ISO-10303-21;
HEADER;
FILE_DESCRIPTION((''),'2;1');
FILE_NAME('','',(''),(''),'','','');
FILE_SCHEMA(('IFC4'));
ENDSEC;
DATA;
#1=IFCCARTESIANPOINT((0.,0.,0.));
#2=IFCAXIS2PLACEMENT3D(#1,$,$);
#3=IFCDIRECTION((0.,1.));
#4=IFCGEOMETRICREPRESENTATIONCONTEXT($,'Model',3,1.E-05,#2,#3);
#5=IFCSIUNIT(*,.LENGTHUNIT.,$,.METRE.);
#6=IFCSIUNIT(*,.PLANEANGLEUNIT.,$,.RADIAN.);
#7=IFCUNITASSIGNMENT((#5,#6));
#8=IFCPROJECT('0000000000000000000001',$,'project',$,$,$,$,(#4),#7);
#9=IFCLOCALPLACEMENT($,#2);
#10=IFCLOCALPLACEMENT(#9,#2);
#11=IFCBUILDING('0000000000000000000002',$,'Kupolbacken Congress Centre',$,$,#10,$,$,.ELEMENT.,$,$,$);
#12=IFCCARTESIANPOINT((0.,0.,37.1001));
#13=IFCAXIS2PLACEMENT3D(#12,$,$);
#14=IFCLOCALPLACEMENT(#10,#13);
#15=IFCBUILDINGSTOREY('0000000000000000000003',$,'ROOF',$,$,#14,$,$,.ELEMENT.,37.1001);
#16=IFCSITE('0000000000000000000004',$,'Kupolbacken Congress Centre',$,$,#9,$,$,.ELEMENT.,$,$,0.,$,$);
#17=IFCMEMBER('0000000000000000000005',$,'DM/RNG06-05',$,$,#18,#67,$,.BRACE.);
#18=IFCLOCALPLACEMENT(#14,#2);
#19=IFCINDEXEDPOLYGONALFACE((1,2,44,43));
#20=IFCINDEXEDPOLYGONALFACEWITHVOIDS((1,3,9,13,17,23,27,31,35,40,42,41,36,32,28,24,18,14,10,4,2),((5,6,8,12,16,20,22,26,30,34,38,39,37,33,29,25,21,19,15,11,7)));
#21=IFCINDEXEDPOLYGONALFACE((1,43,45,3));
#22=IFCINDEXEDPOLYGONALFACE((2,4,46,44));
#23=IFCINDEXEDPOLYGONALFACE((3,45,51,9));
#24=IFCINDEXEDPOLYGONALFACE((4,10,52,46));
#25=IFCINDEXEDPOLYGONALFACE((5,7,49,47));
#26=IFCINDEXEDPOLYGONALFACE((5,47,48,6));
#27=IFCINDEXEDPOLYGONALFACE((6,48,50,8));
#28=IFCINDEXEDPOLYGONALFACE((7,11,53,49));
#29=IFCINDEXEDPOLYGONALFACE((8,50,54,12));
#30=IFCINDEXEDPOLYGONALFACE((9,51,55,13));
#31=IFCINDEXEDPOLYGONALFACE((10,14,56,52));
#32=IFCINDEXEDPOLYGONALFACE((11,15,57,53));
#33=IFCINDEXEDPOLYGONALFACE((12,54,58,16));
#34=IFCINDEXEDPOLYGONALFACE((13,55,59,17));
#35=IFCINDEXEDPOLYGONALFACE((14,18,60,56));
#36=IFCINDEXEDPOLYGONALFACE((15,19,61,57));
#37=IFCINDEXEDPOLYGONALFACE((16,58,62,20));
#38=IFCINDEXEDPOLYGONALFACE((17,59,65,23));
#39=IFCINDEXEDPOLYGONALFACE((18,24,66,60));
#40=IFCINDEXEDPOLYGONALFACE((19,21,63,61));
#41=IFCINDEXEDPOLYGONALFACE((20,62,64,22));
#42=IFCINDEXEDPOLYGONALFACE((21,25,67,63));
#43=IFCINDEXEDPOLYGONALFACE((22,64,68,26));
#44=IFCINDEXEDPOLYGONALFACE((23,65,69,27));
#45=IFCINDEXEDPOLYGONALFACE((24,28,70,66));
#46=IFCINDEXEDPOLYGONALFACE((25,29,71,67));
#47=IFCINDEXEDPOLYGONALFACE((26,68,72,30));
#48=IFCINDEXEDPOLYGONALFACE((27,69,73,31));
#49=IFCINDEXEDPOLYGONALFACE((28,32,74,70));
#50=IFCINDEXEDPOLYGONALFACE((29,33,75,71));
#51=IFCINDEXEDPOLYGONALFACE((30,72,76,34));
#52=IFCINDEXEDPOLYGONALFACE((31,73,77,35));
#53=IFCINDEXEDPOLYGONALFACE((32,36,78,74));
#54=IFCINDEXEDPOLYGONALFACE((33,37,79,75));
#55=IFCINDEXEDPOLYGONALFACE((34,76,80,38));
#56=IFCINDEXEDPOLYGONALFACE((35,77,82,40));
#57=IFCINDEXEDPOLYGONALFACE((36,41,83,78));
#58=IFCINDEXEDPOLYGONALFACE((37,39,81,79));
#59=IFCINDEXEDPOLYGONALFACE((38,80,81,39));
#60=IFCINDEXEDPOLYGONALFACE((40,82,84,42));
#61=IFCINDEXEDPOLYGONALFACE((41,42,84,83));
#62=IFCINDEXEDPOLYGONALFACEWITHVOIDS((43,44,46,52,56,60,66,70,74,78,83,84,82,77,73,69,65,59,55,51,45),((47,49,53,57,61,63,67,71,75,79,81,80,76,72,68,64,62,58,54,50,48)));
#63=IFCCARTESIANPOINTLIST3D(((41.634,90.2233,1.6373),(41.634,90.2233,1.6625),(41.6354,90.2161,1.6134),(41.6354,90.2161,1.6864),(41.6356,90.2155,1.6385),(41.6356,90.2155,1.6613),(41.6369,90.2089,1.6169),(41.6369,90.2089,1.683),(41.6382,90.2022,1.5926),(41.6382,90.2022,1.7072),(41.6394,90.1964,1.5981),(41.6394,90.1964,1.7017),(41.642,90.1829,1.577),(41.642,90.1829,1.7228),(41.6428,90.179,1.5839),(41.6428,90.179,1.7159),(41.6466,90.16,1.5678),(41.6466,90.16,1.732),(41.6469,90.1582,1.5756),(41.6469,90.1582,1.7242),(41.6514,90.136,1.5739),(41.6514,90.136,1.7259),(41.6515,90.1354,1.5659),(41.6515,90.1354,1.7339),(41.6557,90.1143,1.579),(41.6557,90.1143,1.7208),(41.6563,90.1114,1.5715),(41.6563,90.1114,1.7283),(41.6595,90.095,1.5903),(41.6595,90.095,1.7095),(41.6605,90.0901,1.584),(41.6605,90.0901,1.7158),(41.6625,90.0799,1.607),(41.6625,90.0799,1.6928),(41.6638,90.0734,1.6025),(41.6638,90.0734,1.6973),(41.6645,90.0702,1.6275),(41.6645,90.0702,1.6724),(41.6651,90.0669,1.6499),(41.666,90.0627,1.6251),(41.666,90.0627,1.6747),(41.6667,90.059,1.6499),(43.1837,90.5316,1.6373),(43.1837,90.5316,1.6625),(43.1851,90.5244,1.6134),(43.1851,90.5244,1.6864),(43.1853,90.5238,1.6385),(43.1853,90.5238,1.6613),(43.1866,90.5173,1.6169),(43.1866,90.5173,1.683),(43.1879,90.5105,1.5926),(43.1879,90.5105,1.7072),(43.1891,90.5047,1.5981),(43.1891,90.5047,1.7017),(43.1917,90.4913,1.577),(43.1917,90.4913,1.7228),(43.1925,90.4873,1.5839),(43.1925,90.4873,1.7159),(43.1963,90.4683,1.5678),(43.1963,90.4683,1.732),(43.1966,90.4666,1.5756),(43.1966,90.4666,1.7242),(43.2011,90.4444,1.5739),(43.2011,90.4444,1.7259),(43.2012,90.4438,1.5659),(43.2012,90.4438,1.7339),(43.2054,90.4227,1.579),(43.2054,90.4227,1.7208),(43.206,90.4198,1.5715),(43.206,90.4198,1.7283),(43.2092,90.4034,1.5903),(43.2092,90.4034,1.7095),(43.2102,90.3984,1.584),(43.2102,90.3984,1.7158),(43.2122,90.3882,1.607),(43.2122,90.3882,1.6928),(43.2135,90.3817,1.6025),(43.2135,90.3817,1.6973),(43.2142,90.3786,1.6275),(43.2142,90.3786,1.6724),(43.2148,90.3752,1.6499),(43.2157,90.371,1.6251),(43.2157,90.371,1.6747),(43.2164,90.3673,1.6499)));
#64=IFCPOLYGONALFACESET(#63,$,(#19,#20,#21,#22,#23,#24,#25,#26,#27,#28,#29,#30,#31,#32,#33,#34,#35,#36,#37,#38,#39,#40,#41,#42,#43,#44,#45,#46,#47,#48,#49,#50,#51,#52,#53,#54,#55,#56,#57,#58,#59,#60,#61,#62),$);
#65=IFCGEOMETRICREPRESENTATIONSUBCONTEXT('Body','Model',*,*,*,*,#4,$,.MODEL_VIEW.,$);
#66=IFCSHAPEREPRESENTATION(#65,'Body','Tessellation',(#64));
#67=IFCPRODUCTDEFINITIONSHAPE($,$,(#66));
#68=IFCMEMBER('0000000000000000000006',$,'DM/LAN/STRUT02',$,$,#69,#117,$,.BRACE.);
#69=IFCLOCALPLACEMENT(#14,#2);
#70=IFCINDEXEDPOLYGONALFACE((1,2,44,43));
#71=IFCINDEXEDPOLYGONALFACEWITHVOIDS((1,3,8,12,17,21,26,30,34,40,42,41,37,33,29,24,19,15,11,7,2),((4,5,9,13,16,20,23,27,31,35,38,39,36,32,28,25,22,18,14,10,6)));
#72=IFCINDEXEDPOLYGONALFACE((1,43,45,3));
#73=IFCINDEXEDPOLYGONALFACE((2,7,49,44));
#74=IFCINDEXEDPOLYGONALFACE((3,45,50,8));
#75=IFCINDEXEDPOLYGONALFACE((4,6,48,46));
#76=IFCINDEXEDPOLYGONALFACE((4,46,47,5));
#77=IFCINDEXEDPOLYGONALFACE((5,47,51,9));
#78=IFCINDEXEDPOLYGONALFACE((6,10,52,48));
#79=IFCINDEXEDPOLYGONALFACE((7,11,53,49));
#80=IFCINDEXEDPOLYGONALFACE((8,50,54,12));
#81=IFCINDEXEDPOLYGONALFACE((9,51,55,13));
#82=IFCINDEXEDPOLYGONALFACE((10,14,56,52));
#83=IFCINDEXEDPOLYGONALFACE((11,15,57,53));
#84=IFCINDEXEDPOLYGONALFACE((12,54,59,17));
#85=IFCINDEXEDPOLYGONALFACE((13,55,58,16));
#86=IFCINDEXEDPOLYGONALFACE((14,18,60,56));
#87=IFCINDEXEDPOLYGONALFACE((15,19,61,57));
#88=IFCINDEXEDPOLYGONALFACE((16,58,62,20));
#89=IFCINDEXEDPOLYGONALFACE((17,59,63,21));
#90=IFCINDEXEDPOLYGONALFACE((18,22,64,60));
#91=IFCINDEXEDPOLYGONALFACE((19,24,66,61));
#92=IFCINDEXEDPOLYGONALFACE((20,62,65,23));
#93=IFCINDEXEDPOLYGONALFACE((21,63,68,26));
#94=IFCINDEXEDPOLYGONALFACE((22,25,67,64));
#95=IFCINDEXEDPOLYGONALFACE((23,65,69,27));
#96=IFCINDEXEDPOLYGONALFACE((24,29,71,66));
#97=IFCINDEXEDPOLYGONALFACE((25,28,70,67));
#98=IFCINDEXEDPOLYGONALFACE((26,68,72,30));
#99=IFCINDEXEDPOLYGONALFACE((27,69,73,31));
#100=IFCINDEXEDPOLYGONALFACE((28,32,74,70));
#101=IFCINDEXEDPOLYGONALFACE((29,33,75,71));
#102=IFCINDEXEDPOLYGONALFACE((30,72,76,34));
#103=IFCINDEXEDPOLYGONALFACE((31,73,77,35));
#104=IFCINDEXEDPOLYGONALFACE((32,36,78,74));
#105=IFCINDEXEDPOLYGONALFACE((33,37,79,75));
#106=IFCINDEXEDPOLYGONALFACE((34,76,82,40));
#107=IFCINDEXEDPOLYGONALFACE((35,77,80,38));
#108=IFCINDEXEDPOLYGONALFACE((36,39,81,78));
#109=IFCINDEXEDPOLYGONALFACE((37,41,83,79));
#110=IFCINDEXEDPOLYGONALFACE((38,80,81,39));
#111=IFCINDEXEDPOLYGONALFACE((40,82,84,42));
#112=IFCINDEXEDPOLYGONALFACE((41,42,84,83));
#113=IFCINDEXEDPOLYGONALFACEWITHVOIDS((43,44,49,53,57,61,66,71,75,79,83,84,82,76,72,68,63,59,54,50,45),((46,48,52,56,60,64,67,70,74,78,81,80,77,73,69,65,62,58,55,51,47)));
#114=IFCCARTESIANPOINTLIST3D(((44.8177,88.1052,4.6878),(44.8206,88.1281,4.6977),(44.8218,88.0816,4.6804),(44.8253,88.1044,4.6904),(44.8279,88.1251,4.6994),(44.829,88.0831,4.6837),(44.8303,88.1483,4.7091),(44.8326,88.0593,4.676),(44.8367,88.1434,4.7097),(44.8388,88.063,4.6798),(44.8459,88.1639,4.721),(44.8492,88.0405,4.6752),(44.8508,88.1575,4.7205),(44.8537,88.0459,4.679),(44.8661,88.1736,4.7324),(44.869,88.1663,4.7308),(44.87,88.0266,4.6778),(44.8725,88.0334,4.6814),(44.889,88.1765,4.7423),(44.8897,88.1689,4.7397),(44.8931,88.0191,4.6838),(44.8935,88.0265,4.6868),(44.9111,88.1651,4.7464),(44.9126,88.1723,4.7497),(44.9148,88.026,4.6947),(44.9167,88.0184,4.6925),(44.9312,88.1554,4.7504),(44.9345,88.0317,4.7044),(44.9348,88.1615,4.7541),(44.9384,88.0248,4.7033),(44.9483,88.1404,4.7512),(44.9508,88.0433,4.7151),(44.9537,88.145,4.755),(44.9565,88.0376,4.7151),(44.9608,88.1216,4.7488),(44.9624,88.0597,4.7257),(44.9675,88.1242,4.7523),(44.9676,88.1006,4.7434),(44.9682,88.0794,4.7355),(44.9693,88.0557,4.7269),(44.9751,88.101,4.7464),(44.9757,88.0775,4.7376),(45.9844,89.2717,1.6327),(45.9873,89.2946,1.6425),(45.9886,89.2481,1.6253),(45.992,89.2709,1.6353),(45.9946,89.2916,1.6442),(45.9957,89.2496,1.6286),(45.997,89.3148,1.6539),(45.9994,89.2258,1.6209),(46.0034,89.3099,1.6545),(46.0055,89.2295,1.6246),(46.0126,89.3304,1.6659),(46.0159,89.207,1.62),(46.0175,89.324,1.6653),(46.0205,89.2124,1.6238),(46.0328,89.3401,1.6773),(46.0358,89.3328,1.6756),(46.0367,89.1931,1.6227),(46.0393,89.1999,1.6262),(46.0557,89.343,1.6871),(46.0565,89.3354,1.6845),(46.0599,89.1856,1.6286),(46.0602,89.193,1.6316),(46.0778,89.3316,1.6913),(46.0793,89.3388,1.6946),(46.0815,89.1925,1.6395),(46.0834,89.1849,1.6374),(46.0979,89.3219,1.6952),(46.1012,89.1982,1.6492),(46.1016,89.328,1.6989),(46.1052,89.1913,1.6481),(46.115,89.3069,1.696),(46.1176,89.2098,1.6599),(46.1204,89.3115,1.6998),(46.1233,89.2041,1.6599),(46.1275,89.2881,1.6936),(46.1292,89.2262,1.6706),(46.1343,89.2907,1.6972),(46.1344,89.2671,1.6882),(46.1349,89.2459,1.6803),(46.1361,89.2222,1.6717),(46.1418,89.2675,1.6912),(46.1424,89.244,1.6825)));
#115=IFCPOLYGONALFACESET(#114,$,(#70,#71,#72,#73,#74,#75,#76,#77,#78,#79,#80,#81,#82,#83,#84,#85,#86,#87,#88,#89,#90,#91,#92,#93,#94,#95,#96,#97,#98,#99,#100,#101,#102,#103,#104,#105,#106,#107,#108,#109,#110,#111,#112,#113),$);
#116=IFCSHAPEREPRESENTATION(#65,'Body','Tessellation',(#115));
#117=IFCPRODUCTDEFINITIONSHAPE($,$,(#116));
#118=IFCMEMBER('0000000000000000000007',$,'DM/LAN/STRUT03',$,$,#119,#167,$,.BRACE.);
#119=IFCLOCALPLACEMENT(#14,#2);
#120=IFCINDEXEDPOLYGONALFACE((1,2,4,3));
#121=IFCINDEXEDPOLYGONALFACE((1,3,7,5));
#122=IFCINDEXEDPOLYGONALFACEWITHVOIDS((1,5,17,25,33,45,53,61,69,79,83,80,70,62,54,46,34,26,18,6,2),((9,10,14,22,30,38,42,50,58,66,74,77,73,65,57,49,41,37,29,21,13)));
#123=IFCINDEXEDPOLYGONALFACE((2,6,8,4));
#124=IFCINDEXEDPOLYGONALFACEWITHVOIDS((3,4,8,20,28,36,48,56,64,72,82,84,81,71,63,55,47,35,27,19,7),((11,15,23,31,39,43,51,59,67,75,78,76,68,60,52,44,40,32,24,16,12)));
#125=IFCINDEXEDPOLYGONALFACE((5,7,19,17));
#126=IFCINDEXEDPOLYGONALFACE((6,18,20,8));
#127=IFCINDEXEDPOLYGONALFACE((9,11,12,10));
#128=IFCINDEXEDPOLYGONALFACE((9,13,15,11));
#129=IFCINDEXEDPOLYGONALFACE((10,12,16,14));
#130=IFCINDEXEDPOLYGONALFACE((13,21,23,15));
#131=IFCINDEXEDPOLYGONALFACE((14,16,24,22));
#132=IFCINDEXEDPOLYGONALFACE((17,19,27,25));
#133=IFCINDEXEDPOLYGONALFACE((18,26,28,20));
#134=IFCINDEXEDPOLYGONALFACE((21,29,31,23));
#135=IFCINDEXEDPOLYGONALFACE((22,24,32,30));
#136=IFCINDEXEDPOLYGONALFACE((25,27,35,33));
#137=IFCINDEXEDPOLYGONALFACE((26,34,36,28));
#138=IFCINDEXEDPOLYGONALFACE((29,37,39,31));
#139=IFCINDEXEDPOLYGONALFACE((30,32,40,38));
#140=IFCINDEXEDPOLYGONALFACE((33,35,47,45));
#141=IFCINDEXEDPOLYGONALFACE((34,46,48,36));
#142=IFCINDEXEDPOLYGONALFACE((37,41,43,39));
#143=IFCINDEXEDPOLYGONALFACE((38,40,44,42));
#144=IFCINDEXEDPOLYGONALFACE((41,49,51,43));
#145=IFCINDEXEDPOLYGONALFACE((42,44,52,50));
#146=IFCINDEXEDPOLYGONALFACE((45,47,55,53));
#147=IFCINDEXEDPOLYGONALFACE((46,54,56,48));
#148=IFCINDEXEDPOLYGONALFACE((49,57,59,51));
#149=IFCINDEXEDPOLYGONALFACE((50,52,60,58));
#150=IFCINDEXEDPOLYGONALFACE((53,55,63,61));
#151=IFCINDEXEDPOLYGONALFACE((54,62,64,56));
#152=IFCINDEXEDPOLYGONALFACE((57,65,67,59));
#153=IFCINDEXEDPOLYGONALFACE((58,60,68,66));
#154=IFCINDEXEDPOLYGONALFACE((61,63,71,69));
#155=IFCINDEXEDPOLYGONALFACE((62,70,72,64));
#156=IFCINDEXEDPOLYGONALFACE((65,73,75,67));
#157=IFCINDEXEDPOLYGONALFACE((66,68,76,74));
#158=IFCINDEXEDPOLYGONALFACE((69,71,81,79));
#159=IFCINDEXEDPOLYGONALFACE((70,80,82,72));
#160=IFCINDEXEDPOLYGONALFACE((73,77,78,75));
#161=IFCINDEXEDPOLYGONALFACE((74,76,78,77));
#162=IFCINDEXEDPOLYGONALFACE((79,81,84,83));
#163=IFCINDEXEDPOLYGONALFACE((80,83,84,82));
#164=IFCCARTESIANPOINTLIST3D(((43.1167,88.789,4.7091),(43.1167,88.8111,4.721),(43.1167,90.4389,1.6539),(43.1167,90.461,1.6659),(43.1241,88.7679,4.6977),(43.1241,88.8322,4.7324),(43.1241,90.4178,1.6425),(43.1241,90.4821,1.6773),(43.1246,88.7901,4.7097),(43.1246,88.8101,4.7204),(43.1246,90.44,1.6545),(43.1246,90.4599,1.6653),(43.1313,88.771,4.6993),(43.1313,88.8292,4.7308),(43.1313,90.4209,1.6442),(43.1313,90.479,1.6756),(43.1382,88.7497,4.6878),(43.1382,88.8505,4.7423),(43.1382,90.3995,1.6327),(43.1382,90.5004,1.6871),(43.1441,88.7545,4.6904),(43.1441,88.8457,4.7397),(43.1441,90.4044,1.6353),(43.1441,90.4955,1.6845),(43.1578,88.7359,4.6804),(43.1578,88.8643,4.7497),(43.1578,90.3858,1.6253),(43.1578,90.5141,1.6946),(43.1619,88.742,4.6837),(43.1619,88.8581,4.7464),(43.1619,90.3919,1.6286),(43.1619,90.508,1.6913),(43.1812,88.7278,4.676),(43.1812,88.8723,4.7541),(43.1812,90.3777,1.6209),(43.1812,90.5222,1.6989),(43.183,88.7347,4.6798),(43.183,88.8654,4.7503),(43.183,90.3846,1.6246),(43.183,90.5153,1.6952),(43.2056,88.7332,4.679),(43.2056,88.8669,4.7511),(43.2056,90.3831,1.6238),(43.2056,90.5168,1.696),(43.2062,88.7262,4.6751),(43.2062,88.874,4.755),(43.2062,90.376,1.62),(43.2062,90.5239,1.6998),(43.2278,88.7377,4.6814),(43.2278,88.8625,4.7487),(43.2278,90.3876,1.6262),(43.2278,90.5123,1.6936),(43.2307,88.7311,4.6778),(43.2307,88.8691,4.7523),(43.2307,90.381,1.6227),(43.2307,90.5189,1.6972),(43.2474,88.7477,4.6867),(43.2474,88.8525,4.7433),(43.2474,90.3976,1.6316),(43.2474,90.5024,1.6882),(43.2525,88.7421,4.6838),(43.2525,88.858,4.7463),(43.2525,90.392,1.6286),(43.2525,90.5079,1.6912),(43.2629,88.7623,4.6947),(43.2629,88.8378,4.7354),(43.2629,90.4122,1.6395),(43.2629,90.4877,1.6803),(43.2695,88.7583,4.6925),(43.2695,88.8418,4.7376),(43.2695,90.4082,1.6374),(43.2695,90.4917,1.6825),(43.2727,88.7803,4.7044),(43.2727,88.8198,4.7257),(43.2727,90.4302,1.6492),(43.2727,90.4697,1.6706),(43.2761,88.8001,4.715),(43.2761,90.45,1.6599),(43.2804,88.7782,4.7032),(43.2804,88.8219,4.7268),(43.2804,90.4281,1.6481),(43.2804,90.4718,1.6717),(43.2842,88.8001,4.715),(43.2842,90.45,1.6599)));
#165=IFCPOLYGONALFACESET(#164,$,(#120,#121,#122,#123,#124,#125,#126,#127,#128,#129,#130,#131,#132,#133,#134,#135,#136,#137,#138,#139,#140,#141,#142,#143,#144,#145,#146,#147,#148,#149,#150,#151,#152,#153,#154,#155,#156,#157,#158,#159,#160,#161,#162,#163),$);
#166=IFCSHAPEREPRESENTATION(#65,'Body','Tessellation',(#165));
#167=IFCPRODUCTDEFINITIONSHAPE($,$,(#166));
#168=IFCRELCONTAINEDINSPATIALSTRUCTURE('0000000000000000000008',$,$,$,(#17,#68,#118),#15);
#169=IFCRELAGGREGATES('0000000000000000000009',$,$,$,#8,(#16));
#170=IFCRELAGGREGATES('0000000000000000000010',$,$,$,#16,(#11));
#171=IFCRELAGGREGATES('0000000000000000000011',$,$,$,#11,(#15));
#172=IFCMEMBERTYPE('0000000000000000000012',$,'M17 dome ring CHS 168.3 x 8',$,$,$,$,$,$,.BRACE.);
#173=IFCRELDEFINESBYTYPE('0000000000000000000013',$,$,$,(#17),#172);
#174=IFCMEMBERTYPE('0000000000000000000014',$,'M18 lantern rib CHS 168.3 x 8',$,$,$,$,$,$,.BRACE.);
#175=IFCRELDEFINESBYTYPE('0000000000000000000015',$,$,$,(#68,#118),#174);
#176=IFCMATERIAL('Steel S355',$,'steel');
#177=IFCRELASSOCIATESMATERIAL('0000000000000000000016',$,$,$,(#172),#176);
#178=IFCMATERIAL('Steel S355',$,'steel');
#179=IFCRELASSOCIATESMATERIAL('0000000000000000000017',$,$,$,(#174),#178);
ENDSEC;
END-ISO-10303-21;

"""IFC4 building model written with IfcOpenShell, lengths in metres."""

from ifc_helpers import new_model, si_unit, direction, frame, origin, origin_2d, place, context, subcontext, project, spatial, hollow_circle, extrude, material, material_profile, profile_set, type_object, element, save


model = new_model("IFC4")

# Units and contexts
model_context = context("Model", 3, precision=1e-05, world=origin(), true_north=direction((0.0, 1.0)))
body_context = subcontext(model_context, "Body", "Model", "MODEL_VIEW")
ifc_project = project(units=[si_unit("LENGTHUNIT", "METRE"), si_unit("PLANEANGLEUNIT", "RADIAN")], contexts=[model_context])

# Site, building, storey
site_placement = place(None, origin())
site = spatial("IfcSite", under=ifc_project, at=site_placement, Name="Kupolbacken Congress Centre", CompositionType="ELEMENT", RefElevation=0.0)
building_placement = place(site_placement, origin())
building = spatial("IfcBuilding", under=site, at=building_placement, Name="Kupolbacken Congress Centre", CompositionType="ELEMENT")
storey_placement = place(building_placement, frame((0.0, 0.0, 37.1001)))
storey = spatial("IfcBuildingStorey", under=building, at=storey_placement, Name="ROOF", CompositionType="ELEMENT", Elevation=37.1001)

# Members
ifc_material_1 = material(Name="Steel S355", Category="steel")
ifc_material_profile_1 = material_profile(ifc_material_1, hollow_circle(Radius=0.0842, WallThickness=0.0081, at=origin_2d()), Name="CHS 168.3 x 8")
ifc_profile_set_1 = profile_set([ifc_material_profile_1], Name="Steel S355")
member_type_1 = type_object("IfcMemberType", Name="M17 dome ring CHS 168.3 x 8", PredefinedType="BRACE", material=ifc_profile_set_1)
for number, where, z_axis, x_axis, name in (
    (1, (43.2, 90.45, 1.6499), (-0.980776, -0.195136, 0.0), (0.195136, -0.980776, 0.0), "DM/RNG06-05"),
):
    element("IfcMember", number, at=place(storey_placement, frame(where, z_axis=z_axis, x_axis=x_axis)), inside=storey, type_object=member_type_1, Name=name, PredefinedType="BRACE", context=body_context, shape_type="SweptSolid", body=[
        extrude(hollow_circle(Radius=0.0842, WallThickness=0.0081, at=origin_2d()), origin(), (0.0, 0.0, 1.0), 1.5801),
    ])
ifc_material_2 = material(Name="Steel S355", Category="steel")
ifc_material_profile_2 = material_profile(ifc_material_2, hollow_circle(Radius=0.0842, WallThickness=0.0081, at=origin_2d()), Name="CHS 168.3 x 8")
ifc_profile_set_2 = profile_set([ifc_material_profile_2], Name="Steel S355")
member_type_2 = type_object("IfcMemberType", Name="M18 lantern rib CHS 168.3 x 8", PredefinedType="BRACE", material=ifc_profile_set_2)
for number, where, z_axis, x_axis, name in (
    (2, (46.0637, 89.2637, 1.6599), (-0.336026, -0.335956, 0.879898), (0.707033, -0.707181, 0.0), "DM/LAN/STRUT02"),
    (3, (43.2, 90.45, 1.6599), (0.0, -0.475173, 0.879892), (1.0, 0.0, 0.0), "DM/LAN/STRUT03"),
):
    element("IfcMember", number, at=place(storey_placement, frame(where, z_axis=z_axis, x_axis=x_axis)), inside=storey, type_object=member_type_2, Name=name, PredefinedType="BRACE", context=body_context, shape_type="SweptSolid", body=[
        extrude(hollow_circle(Radius=0.0842, WallThickness=0.0081, at=origin_2d()), origin(), (0.0, 0.0, 1.0), 3.4722),
    ])

save(model, "model.ifc")
